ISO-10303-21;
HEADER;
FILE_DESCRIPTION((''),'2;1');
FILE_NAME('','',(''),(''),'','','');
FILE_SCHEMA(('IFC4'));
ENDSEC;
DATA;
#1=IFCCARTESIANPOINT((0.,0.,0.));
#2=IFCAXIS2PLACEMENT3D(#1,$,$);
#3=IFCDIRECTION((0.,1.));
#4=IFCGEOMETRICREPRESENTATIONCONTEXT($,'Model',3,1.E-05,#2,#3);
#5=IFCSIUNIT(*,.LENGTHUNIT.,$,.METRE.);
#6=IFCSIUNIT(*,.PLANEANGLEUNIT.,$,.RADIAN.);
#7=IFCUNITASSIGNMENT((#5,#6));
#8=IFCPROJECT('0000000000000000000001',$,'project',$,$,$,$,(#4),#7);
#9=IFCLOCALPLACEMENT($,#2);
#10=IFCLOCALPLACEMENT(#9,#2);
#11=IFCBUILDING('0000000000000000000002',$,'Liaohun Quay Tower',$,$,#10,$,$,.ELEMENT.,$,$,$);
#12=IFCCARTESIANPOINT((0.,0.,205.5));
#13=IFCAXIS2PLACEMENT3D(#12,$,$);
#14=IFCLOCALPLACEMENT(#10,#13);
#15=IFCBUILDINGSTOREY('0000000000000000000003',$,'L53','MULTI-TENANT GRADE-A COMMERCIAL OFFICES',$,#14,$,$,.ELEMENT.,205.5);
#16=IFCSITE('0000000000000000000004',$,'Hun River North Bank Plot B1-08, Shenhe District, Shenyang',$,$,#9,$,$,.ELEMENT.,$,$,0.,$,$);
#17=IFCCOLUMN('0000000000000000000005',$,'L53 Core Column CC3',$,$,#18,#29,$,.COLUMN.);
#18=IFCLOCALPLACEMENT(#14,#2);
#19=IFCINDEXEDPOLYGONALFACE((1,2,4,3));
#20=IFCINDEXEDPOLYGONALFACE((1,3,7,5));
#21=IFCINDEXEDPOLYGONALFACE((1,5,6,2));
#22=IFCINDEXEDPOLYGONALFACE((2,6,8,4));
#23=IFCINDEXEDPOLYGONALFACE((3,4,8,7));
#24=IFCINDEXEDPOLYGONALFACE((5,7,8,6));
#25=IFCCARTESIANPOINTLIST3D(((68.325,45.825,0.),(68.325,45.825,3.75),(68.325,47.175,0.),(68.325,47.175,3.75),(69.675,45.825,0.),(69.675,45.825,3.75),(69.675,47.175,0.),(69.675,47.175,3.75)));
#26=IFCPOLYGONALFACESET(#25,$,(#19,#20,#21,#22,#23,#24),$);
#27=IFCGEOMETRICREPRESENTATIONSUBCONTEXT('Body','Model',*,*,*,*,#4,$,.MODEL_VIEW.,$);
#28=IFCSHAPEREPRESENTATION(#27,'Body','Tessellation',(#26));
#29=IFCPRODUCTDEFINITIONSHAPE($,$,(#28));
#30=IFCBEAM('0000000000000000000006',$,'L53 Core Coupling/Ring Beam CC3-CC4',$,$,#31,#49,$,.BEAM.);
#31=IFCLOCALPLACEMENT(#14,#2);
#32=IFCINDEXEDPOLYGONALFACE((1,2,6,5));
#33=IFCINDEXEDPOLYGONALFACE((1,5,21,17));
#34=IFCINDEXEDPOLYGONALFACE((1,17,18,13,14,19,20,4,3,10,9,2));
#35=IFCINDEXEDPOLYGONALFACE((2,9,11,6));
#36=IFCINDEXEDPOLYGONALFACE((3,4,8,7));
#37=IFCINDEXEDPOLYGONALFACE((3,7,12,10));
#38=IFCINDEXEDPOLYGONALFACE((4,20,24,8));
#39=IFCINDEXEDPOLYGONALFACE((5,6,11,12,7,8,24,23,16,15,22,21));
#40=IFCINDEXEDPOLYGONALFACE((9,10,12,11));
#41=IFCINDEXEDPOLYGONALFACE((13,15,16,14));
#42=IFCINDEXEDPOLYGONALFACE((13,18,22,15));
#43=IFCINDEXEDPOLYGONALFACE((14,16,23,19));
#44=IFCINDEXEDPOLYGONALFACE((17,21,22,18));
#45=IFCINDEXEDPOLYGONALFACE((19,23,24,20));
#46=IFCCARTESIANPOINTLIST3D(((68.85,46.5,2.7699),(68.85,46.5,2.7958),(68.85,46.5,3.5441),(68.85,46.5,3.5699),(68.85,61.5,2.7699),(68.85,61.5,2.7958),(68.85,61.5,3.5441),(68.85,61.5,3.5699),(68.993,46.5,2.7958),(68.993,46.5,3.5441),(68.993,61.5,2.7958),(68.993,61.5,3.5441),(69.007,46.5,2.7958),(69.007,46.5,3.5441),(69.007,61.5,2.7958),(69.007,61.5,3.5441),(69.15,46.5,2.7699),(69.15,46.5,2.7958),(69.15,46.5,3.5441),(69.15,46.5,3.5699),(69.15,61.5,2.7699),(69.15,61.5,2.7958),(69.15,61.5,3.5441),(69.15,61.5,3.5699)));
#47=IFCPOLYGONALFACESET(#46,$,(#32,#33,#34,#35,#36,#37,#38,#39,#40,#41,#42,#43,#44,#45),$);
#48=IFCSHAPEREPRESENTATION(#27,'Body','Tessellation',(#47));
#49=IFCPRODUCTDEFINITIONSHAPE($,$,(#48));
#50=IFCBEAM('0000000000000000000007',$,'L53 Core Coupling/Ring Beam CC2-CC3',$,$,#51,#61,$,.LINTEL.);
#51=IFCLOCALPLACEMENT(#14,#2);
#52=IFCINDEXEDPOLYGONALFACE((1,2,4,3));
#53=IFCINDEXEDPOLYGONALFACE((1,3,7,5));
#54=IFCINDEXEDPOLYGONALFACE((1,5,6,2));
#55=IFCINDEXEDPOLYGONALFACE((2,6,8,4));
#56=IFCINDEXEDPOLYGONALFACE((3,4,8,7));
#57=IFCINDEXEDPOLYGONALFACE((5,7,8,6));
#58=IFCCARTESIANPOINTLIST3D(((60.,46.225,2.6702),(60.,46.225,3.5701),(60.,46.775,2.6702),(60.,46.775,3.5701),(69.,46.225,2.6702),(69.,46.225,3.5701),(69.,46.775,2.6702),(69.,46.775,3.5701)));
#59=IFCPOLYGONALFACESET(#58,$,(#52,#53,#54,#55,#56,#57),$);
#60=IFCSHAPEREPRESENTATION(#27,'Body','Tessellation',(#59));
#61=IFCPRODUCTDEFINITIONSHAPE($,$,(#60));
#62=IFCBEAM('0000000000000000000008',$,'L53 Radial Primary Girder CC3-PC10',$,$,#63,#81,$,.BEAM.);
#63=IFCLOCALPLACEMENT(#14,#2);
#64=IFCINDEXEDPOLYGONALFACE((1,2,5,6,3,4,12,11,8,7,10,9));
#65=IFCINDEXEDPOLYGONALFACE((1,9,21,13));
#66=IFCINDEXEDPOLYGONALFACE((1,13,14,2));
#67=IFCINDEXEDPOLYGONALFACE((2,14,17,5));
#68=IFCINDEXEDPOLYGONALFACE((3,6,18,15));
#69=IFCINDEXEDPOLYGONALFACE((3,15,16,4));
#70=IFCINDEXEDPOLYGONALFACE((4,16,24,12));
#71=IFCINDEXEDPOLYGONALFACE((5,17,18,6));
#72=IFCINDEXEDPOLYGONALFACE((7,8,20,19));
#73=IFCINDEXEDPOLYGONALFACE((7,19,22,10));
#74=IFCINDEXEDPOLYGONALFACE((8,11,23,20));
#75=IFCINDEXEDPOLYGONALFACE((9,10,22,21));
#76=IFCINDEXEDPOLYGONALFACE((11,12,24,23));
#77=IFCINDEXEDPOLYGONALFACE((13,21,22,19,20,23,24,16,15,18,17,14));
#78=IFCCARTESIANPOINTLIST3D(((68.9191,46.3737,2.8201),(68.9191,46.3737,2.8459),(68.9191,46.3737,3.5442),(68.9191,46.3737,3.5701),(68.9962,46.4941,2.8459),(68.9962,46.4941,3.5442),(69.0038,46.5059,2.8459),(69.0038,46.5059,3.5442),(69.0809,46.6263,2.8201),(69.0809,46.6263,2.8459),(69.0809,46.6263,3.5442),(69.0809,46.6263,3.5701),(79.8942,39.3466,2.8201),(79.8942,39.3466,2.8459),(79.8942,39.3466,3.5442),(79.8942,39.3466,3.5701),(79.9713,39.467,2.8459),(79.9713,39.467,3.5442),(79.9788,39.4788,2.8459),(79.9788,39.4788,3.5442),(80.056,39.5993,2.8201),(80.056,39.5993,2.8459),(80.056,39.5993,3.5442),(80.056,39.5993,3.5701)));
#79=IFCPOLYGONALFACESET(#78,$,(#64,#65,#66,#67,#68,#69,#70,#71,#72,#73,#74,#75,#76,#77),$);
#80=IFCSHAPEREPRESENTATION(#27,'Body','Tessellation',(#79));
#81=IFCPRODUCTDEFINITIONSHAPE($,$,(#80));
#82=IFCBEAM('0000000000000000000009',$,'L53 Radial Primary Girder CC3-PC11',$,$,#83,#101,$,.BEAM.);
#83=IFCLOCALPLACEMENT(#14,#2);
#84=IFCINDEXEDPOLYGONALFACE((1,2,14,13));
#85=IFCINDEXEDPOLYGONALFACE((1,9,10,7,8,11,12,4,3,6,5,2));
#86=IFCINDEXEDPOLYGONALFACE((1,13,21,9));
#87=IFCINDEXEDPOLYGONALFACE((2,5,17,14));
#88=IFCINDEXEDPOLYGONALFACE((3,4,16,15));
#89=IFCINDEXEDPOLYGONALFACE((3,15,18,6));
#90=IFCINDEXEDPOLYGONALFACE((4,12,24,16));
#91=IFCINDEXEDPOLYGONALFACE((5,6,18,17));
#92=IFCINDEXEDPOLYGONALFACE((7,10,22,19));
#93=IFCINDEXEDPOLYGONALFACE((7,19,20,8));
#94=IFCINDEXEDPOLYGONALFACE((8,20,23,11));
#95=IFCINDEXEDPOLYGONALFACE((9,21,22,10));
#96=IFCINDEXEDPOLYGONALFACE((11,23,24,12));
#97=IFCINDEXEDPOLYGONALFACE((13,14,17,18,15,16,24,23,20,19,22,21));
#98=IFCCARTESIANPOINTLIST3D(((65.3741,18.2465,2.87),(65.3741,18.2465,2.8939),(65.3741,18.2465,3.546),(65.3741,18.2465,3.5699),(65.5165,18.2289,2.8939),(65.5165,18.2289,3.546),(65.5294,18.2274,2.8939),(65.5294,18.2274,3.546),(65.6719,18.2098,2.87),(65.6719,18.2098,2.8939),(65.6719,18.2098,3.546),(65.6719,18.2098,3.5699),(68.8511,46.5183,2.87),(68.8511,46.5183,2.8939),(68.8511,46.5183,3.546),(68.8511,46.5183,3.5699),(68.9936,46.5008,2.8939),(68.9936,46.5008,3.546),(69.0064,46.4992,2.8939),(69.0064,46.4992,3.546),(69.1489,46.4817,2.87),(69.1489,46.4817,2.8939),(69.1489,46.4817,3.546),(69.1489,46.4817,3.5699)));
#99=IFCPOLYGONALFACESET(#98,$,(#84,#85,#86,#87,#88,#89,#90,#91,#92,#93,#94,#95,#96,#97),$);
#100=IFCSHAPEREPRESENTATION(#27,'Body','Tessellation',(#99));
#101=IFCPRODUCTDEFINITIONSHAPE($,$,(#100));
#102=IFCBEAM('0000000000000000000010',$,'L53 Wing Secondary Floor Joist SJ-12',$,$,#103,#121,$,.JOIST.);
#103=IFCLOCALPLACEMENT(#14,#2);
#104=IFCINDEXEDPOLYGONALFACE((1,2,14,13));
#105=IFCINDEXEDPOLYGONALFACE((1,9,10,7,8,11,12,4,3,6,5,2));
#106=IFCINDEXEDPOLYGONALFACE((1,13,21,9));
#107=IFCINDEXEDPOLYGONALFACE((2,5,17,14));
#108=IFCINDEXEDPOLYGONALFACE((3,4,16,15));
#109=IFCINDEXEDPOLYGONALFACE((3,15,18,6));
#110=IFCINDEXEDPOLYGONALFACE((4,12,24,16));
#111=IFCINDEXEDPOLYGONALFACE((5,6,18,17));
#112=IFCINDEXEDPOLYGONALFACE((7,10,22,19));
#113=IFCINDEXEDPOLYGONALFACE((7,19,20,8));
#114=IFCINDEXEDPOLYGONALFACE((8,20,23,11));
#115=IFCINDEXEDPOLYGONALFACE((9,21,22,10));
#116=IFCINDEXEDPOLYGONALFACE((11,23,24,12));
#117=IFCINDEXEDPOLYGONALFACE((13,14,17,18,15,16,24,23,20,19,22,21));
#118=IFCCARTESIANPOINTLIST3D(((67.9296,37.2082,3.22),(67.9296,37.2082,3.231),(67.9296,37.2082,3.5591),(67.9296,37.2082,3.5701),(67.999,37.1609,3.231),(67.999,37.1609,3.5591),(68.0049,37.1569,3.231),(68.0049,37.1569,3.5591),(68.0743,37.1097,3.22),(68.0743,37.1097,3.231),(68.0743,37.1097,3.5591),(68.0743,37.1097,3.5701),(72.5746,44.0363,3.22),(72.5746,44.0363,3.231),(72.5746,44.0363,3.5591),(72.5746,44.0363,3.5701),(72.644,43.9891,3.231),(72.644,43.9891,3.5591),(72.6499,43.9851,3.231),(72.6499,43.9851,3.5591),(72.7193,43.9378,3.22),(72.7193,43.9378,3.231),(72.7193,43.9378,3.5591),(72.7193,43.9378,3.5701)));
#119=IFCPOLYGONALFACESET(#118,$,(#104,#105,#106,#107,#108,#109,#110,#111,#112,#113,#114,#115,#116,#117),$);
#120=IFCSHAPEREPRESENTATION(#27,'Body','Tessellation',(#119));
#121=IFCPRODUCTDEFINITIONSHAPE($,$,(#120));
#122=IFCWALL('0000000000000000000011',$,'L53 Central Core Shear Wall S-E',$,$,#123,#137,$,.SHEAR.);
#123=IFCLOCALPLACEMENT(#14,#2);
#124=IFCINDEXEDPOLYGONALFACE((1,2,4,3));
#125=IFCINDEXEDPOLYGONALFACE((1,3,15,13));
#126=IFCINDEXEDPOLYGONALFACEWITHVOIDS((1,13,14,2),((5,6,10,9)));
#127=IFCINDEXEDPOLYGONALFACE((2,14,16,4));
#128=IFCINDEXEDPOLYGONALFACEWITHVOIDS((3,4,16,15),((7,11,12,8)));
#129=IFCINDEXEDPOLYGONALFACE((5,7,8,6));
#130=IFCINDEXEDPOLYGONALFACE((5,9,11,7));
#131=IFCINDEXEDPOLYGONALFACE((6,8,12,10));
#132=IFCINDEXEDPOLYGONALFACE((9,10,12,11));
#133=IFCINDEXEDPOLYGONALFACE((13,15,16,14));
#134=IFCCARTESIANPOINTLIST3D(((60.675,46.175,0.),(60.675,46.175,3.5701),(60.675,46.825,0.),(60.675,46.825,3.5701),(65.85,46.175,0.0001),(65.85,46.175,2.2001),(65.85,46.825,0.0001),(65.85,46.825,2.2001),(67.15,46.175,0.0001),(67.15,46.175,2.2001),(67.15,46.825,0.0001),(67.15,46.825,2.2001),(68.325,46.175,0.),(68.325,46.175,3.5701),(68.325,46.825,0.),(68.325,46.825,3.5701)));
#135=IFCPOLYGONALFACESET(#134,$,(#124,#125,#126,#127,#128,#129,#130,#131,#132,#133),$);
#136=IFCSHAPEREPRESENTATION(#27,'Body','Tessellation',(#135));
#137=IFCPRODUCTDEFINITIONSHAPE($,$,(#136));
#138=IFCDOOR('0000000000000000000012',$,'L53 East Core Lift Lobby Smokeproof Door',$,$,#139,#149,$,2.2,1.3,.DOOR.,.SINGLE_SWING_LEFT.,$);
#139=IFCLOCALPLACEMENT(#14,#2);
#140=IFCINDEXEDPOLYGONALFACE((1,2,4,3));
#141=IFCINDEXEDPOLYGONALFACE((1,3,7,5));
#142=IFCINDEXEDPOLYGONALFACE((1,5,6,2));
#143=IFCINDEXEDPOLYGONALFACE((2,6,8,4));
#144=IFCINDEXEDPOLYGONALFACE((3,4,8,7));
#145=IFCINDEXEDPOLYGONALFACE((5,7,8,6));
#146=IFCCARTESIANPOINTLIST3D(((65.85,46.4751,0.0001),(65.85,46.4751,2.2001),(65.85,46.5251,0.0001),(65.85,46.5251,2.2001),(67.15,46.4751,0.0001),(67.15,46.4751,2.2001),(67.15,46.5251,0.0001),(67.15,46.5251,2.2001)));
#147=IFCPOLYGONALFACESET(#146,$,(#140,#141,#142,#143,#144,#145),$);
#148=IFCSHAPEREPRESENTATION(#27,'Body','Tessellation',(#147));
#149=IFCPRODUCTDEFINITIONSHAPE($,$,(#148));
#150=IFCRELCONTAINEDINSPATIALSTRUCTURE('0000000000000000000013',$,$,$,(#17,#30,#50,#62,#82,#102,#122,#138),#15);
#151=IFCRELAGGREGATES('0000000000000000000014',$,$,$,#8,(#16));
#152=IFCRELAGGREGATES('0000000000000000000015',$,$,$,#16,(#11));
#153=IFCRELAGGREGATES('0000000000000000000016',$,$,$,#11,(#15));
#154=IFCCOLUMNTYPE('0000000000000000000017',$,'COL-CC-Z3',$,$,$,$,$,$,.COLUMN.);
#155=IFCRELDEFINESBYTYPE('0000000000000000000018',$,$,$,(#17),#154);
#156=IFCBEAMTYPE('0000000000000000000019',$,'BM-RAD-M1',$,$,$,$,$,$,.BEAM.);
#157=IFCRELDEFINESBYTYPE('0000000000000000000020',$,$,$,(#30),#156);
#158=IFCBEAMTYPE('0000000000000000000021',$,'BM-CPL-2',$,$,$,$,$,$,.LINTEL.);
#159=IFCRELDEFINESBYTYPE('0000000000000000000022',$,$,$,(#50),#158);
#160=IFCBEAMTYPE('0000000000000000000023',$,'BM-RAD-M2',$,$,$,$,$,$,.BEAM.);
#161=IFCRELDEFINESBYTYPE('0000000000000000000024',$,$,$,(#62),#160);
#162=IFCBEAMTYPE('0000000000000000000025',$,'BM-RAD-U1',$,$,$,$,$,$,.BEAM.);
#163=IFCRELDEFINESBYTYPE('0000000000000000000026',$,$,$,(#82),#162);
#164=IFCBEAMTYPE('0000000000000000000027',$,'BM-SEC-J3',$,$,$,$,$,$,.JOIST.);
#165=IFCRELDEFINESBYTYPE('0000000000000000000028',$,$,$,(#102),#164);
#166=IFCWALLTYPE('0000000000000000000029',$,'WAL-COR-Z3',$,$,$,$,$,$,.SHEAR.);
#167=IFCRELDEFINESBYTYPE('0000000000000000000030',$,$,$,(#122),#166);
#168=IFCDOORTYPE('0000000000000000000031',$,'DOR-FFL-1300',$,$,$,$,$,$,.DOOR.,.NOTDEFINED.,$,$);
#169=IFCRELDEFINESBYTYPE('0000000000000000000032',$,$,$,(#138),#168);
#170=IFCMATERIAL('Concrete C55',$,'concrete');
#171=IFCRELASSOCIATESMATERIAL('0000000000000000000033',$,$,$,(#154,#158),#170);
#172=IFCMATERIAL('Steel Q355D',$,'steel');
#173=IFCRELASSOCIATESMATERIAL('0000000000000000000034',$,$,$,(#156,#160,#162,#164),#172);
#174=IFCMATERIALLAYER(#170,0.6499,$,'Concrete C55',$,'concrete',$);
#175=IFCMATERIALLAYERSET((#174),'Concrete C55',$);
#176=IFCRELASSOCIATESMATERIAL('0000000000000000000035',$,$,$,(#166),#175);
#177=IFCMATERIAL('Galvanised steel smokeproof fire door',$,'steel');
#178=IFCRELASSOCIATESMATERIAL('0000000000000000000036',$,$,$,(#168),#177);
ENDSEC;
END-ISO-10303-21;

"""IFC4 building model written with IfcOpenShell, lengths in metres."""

from ifc_helpers import new_model, si_unit, direction, frame, frame_2d, origin, origin_2d, place, context, subcontext, project, spatial, rectangle, i_section, extrude, source, transform, mapped, material, layer, layer_set, material_profile, profile_set, type_object, element, fill, save


model = new_model("IFC4")

# Units and contexts
model_context = context("Model", 3, precision=1e-05, world=origin(), true_north=direction((0.0, 1.0)))
body_context = subcontext(model_context, "Body", "Model", "MODEL_VIEW")
ifc_project = project(units=[si_unit("LENGTHUNIT", "METRE"), si_unit("PLANEANGLEUNIT", "RADIAN")], contexts=[model_context])

# Site, building, storey
site_placement = place(None, origin())
site = spatial("IfcSite", under=ifc_project, at=site_placement, Name="Hun River North Bank Plot B1-08, Shenhe District, Shenyang", CompositionType="ELEMENT", RefElevation=0.0)
building_placement = place(site_placement, origin())
building = spatial("IfcBuilding", under=site, at=building_placement, Name="Liaohun Quay Tower", CompositionType="ELEMENT")
storey_placement = place(building_placement, frame((0.0, 0.0, 205.5)))
storey = spatial("IfcBuildingStorey", under=building, at=storey_placement, Name="L53", Description="MULTI-TENANT GRADE-A COMMERCIAL OFFICES", CompositionType="ELEMENT", Elevation=205.5)

# Column
ifc_material_1 = material(Name="Concrete C55", Category="concrete")
ifc_material_profile_1 = material_profile(ifc_material_1, rectangle(XDim=1.3501, YDim=1.3501, at=origin_2d()), Name="RC1350x1350")
ifc_profile_set_1 = profile_set([ifc_material_profile_1], Name="Concrete C55")
column_type = type_object("IfcColumnType", Name="COL-CC-Z3", PredefinedType="COLUMN", material=ifc_profile_set_1)
shared_shape_1 = source(origin(), body_context, "Body", "SweptSolid", [
    extrude(rectangle(XDim=1.3501, YDim=1.3501, at=origin_2d()), origin(), (0.0, 0.0, 1.0), 3.75),
])
column_placement = place(storey_placement, frame((69.0, 46.5, 0.0), z_axis=(0.0, 0.0, 1.0), x_axis=(1.0, 0.0, 0.0)))
element("IfcColumn", 1, at=column_placement, inside=storey, type_object=column_type, Name="L53 Core Column CC3", PredefinedType="COLUMN", context=body_context, shape_type="MappedRepresentation", body=[
    mapped(shared_shape_1, transform((0.0, 0.0, 0.0), x_axis=(1.0, 0.0, 0.0), y_axis=(0.0, 1.0, 0.0), z_axis=(0.0, 0.0, 1.0), scale=1.0)),
])

# Beams
ifc_material_2 = material(Name="Steel Q355D", Category="steel")
ifc_material_profile_2 = material_profile(ifc_material_2, i_section(OverallWidth=0.3, OverallDepth=0.8, WebThickness=0.0139, FlangeThickness=0.0259, at=origin_2d()), Name="HN800x300x14x26")
ifc_profile_set_2 = profile_set([ifc_material_profile_2], Name="Steel Q355D")
beam_type_1 = type_object("IfcBeamType", Name="BM-RAD-M1", PredefinedType="BEAM", material=ifc_profile_set_2)
shared_shape_2 = source(origin(), body_context, "Body", "SweptSolid", [
    extrude(i_section(OverallWidth=0.3, OverallDepth=0.8, WebThickness=0.0139, FlangeThickness=0.0259, at=origin_2d()), origin(), (0.0, 0.0, 1.0), 15.0),
])
beam_1_placement = place(storey_placement, frame((69.0, 46.5, 3.1699), z_axis=(0.0, 1.0, 0.0), x_axis=(-1.0, 0.0, 0.0)))
element("IfcBeam", 2, at=beam_1_placement, inside=storey, type_object=beam_type_1, Name="L53 Core Coupling/Ring Beam CC3-CC4", PredefinedType="BEAM", context=body_context, shape_type="MappedRepresentation", body=[
    mapped(shared_shape_2, transform((0.0, 0.0, 0.0), x_axis=(1.0, 0.0, 0.0), y_axis=(0.0, 1.0, 0.0), z_axis=(0.0, 0.0, 1.0), scale=1.0)),
])
ifc_material_profile_3 = material_profile(ifc_material_1, rectangle(XDim=0.55, YDim=0.8999, at=origin_2d()), Name="RC550x900")
ifc_profile_set_3 = profile_set([ifc_material_profile_3], Name="Concrete C55")
beam_type_2 = type_object("IfcBeamType", Name="BM-CPL-2", PredefinedType="LINTEL", material=ifc_profile_set_3)
shared_shape_3 = source(origin(), body_context, "Body", "SweptSolid", [
    extrude(rectangle(XDim=0.55, YDim=0.8999, at=origin_2d()), origin(), (0.0, 0.0, 1.0), 9.0),
])
beam_2_placement = place(storey_placement, frame((60.0, 46.5, 3.1201), z_axis=(1.0, 0.0, 0.0), x_axis=(0.0, 1.0, 0.0)))
element("IfcBeam", 3, at=beam_2_placement, inside=storey, type_object=beam_type_2, Name="L53 Core Coupling/Ring Beam CC2-CC3", PredefinedType="LINTEL", context=body_context, shape_type="MappedRepresentation", body=[
    mapped(shared_shape_3, transform((0.0, 0.0, 0.0), x_axis=(1.0, 0.0, 0.0), y_axis=(0.0, 1.0, 0.0), z_axis=(0.0, 0.0, 1.0), scale=1.0)),
])
ifc_material_profile_4 = material_profile(ifc_material_2, i_section(OverallWidth=0.3, OverallDepth=0.75, WebThickness=0.0139, FlangeThickness=0.0259, at=origin_2d()), Name="HN750x300x14x26")
ifc_profile_set_4 = profile_set([ifc_material_profile_4], Name="Steel Q355D")
beam_type_3 = type_object("IfcBeamType", Name="BM-RAD-M2", PredefinedType="BEAM", material=ifc_profile_set_4)
shared_shape_4 = source(origin(), body_context, "Body", "SweptSolid", [
    extrude(i_section(OverallWidth=0.3, OverallDepth=0.75, WebThickness=0.0139, FlangeThickness=0.0259, at=origin_2d()), origin(), (0.0, 0.0, 1.0), 13.032),
])
beam_3_placement = place(storey_placement, frame((69.0, 46.5, 3.1951), z_axis=(0.842166, -0.539219, 0.0), x_axis=(0.539219, 0.842166, 0.0)))
element("IfcBeam", 4, at=beam_3_placement, inside=storey, type_object=beam_type_3, Name="L53 Radial Primary Girder CC3-PC10", PredefinedType="BEAM", context=body_context, shape_type="MappedRepresentation", body=[
    mapped(shared_shape_4, transform((0.0, 0.0, 0.0), x_axis=(1.0, 0.0, 0.0), y_axis=(0.0, 1.0, 0.0), z_axis=(0.0, 0.0, 1.0), scale=1.0)),
])
ifc_material_profile_5 = material_profile(ifc_material_2, i_section(OverallWidth=0.3, OverallDepth=0.7, WebThickness=0.0129, FlangeThickness=0.0239, at=origin_2d()), Name="HN700x300x13x24")
ifc_profile_set_5 = profile_set([ifc_material_profile_5], Name="Steel Q355D")
beam_type_4 = type_object("IfcBeamType", Name="BM-RAD-U1", PredefinedType="BEAM", material=ifc_profile_set_5)
shared_shape_5 = source(origin(), body_context, "Body", "SweptSolid", [
    extrude(i_section(OverallWidth=0.3, OverallDepth=0.7, WebThickness=0.0129, FlangeThickness=0.0239, at=origin_2d()), origin(), (0.0, 0.0, 1.0), 28.4849),
])
beam_4_placement = place(storey_placement, frame((69.0, 46.5, 3.22), z_axis=(-0.122066, -0.992522, 0.0), x_axis=(0.992522, -0.122066, 0.0)))
element("IfcBeam", 5, at=beam_4_placement, inside=storey, type_object=beam_type_4, Name="L53 Radial Primary Girder CC3-PC11", PredefinedType="BEAM", context=body_context, shape_type="MappedRepresentation", body=[
    mapped(shared_shape_5, transform((0.0, 0.0, 0.0), x_axis=(1.0, 0.0, 0.0), y_axis=(0.0, 1.0, 0.0), z_axis=(0.0, 0.0, 1.0), scale=1.0)),
])
ifc_material_profile_6 = material_profile(ifc_material_2, i_section(OverallWidth=0.175, OverallDepth=0.3501, WebThickness=0.0071, FlangeThickness=0.011, at=origin_2d()), Name="HN350x175x7x11")
ifc_profile_set_6 = profile_set([ifc_material_profile_6], Name="Steel Q355D")
beam_type_5 = type_object("IfcBeamType", Name="BM-SEC-J3", PredefinedType="JOIST", material=ifc_profile_set_6)
shared_shape_6 = source(origin(), body_context, "Body", "SweptSolid", [
    extrude(i_section(OverallWidth=0.175, OverallDepth=0.3501, WebThickness=0.0071, FlangeThickness=0.011, at=origin_2d()), origin(), (0.0, 0.0, 1.0), 8.2583),
])
beam_5_placement = place(storey_placement, frame((72.647, 43.9871, 3.395), z_axis=(-0.562467, -0.82682, 0.0), x_axis=(0.82682, -0.562467, 0.0)))
element("IfcBeam", 6, at=beam_5_placement, inside=storey, type_object=beam_type_5, Name="L53 Wing Secondary Floor Joist SJ-12", PredefinedType="JOIST", context=body_context, shape_type="MappedRepresentation", body=[
    mapped(shared_shape_6, transform((0.0, 0.0, 0.0), x_axis=(1.0, 0.0, 0.0), y_axis=(0.0, 1.0, 0.0), z_axis=(0.0, 0.0, 1.0), scale=1.0)),
])

# Wall, opening, door
ifc_layer_1 = layer(ifc_material_1, 0.6499, Name="Concrete C55", Category="concrete")
ifc_layer_set_1 = layer_set([ifc_layer_1], Name="Concrete C55")
wall_type_1 = type_object("IfcWallType", Name="WAL-COR-Z3", PredefinedType="SHEAR", material=ifc_layer_set_1)
wall_1_placement = place(storey_placement, frame((68.325, 46.5, 0.0), z_axis=(0.0, 0.0, 1.0), x_axis=(-1.0, 0.0, 0.0)))
wall_1 = element("IfcWall", 7, at=wall_1_placement, inside=storey, type_object=wall_type_1, Name="L53 Central Core Shear Wall S-E", PredefinedType="SHEAR", context=body_context, shape_type="SweptSolid", body=[
    extrude(rectangle(XDim=7.6499, YDim=0.6499, at=frame_2d((3.825, 0.0))), origin(), (0.0, 0.0, 1.0), 3.5701),
])
shared_shape_7 = source(origin(), body_context, "Body", "SweptSolid", [
    extrude(rectangle(XDim=1.3, YDim=2.2, at=frame_2d((0.6499, 1.1001))), frame((0.0, 0.335, 0.0), z_axis=(0.0, -1.0, 0.0), x_axis=(1.0, 0.0, 0.0)), (0.0, 0.0, 1.0), 0.6699),
])
opening_1_placement = place(wall_1_placement, frame((1.175, 0.0, 0.0)))
opening_1 = element("IfcOpeningElement", 8, at=opening_1_placement, cuts=wall_1, PredefinedType="OPENING", context=body_context, shape_type="MappedRepresentation", body=[
    mapped(shared_shape_7, transform((0.0, 0.0, 0.0), x_axis=(1.0, 0.0, 0.0), y_axis=(0.0, 1.0, 0.0), z_axis=(0.0, 0.0, 1.0), scale=1.0)),
])
ifc_material_3 = material(Name="Galvanised steel smokeproof fire door", Category="steel")
door_type_1 = type_object("IfcDoorType", Name="DOR-FFL-1300", OperationType="NOTDEFINED", PredefinedType="DOOR", material=ifc_material_3)
shared_shape_8 = source(origin(), body_context, "Body", "SweptSolid", [
    extrude(rectangle(XDim=1.3, YDim=2.2, at=frame_2d((0.6499, 1.1001))), frame((0.0, 0.0249, 0.0), z_axis=(0.0, -1.0, 0.0), x_axis=(1.0, 0.0, 0.0)), (0.0, 0.0, 1.0), 0.05),
])
door_1_placement = place(opening_1_placement, origin())
door_1 = element("IfcDoor", 9, at=door_1_placement, inside=storey, type_object=door_type_1, Name="L53 East Core Lift Lobby Smokeproof Door", OperationType="SINGLE_SWING_LEFT", OverallHeight=2.2, OverallWidth=1.3, PredefinedType="DOOR", context=body_context, shape_type="MappedRepresentation", body=[
    mapped(shared_shape_8, transform((0.0, 0.0, 0.0), x_axis=(1.0, 0.0, 0.0), y_axis=(0.0, 1.0, 0.0), z_axis=(0.0, 0.0, 1.0), scale=1.0)),
])
fill(opening_1, door_1)

save(model, "model.ifc")
